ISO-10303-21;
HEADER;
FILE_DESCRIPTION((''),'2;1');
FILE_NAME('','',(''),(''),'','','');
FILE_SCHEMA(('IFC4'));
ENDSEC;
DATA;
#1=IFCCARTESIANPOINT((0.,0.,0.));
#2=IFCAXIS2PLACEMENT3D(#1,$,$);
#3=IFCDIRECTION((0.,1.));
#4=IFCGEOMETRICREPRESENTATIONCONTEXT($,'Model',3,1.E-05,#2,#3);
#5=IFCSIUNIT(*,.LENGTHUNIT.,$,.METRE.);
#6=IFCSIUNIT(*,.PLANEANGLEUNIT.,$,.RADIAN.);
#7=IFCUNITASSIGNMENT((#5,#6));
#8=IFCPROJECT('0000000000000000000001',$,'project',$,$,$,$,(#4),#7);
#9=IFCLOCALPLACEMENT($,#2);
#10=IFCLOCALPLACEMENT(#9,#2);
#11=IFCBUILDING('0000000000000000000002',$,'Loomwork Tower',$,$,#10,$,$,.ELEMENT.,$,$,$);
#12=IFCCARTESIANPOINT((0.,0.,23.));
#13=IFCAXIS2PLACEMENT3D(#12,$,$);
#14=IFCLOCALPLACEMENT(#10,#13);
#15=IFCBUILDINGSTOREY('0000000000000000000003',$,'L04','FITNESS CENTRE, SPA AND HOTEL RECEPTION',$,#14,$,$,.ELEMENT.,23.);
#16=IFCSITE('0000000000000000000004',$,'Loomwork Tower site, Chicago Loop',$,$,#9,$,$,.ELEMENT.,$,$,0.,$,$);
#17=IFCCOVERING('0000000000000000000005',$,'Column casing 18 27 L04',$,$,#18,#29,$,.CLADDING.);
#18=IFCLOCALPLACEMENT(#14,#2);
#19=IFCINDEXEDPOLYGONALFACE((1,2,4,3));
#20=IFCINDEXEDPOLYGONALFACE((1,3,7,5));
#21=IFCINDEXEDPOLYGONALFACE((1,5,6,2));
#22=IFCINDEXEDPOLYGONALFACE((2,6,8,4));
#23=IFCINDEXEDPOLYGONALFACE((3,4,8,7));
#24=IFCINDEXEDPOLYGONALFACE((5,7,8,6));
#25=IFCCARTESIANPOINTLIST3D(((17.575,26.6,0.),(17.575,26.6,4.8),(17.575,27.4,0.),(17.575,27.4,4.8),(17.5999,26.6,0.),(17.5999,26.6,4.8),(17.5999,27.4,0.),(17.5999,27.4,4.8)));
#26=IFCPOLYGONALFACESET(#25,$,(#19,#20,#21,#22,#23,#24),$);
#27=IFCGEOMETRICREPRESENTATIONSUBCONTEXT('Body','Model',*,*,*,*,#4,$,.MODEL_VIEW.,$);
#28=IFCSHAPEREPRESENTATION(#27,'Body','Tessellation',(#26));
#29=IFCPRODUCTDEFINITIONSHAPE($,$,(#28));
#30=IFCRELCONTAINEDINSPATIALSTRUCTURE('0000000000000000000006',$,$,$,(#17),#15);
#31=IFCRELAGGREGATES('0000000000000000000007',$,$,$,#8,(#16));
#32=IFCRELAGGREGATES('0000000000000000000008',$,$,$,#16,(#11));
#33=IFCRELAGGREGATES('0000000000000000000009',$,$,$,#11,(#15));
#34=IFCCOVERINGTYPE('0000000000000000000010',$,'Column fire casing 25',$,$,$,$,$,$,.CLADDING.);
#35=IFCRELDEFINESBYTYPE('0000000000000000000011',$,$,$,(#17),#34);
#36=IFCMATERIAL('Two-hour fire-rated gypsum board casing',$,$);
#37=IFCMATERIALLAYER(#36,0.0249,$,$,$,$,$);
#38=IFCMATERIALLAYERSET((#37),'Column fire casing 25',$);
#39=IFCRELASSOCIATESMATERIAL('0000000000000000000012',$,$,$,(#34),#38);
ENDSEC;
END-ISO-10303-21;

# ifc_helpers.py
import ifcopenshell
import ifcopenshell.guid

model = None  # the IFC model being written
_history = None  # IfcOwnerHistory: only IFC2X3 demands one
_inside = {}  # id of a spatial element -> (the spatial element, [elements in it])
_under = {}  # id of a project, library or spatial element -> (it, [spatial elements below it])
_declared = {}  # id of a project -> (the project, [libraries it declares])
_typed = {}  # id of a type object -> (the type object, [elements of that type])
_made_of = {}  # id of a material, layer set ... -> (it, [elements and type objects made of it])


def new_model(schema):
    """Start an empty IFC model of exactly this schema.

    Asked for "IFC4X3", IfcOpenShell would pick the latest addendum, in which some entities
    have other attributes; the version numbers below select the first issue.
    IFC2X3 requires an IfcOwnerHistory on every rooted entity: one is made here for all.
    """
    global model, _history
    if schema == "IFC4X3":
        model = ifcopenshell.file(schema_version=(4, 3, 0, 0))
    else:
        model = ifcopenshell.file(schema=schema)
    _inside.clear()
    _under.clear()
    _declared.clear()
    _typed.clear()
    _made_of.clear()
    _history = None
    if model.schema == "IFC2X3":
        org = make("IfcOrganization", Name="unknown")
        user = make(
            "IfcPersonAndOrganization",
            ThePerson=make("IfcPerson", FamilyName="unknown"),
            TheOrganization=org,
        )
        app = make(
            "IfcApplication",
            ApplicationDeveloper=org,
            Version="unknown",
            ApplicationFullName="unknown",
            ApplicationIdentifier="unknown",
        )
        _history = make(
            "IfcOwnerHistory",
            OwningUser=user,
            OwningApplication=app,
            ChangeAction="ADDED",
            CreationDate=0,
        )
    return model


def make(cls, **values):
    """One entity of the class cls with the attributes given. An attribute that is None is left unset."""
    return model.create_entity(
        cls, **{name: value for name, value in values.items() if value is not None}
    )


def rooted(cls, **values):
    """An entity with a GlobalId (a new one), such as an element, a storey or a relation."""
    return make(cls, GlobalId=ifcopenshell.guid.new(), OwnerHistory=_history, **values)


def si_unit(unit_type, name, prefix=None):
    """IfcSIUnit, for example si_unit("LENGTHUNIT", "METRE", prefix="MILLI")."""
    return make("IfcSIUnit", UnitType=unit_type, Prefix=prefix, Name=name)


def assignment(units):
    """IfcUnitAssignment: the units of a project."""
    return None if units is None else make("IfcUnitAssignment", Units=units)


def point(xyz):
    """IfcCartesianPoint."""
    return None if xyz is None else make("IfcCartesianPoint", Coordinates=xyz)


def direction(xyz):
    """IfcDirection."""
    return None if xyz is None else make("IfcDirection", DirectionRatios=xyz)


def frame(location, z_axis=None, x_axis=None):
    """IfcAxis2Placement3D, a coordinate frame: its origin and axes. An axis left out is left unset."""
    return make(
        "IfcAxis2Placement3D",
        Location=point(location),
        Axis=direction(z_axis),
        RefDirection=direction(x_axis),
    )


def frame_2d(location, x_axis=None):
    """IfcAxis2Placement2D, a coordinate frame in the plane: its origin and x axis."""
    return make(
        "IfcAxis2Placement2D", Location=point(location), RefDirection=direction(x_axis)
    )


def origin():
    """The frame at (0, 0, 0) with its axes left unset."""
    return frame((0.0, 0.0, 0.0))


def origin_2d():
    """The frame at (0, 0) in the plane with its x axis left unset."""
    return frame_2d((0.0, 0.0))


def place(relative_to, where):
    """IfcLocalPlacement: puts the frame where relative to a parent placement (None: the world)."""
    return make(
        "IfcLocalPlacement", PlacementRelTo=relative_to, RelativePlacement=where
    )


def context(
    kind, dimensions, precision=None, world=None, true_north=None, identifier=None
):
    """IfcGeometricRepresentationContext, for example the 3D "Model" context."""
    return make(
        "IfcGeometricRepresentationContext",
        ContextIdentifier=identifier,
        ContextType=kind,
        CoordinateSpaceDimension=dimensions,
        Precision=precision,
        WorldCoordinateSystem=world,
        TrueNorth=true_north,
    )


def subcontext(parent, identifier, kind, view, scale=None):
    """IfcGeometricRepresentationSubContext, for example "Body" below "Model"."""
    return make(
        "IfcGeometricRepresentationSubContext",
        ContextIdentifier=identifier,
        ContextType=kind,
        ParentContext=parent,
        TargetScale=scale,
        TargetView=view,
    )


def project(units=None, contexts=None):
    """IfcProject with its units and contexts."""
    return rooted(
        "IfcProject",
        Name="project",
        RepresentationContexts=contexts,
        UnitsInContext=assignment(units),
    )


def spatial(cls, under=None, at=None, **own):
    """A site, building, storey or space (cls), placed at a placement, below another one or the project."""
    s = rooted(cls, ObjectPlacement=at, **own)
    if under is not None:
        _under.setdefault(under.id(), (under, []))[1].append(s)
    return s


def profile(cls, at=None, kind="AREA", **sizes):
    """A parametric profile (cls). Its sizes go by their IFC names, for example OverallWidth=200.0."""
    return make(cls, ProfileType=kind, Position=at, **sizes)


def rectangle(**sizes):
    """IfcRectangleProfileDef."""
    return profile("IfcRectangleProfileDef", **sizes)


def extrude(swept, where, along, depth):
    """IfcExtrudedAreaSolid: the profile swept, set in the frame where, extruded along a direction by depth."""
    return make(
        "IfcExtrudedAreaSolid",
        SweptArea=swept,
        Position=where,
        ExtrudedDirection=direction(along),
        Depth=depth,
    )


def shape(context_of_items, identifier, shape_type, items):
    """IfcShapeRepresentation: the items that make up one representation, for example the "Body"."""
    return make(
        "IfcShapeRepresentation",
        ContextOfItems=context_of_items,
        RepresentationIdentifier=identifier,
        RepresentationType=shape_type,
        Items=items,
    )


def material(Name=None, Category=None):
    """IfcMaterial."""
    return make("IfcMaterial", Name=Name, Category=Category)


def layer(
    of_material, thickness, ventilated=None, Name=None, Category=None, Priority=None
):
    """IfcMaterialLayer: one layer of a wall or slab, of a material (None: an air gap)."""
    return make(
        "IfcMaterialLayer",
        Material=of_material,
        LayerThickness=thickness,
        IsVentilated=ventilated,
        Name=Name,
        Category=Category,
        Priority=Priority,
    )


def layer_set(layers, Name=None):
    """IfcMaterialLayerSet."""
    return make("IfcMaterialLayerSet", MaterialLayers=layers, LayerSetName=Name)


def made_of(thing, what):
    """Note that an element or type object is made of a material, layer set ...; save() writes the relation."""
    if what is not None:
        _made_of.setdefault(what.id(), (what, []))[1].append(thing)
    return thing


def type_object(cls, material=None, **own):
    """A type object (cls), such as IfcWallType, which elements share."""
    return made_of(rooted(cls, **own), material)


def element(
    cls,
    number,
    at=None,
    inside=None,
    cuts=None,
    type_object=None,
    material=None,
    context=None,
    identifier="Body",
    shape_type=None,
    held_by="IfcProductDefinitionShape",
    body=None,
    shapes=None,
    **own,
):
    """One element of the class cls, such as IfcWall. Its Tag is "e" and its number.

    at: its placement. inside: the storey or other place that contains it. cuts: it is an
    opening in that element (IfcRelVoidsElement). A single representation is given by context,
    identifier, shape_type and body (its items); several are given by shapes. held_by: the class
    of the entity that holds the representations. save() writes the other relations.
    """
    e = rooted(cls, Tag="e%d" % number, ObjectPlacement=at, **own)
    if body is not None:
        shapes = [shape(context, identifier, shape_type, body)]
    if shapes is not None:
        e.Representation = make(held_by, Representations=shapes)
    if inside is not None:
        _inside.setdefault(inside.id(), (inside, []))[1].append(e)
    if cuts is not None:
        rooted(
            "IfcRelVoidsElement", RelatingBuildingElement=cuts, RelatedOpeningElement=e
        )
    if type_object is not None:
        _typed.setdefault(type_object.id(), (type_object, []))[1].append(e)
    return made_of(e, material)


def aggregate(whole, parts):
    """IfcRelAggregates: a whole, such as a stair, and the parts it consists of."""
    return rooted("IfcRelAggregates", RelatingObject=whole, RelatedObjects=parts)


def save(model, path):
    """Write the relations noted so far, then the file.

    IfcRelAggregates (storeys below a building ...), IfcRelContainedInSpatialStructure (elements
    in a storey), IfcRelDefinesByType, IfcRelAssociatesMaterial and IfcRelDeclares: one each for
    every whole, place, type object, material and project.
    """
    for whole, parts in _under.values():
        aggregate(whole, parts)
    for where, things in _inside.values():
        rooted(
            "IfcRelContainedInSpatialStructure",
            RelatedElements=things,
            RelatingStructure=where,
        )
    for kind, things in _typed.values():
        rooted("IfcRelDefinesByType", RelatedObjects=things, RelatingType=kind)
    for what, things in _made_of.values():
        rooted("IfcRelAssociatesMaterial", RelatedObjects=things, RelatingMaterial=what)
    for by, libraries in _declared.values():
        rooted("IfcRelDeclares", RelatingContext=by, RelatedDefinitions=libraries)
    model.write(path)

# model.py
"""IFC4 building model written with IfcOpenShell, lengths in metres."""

from ifc_helpers import new_model, si_unit, direction, frame, origin, origin_2d, place, context, subcontext, project, spatial, rectangle, extrude, material, layer, layer_set, type_object, element, save


model = new_model("IFC4")

# Units and contexts
model_context = context("Model", 3, precision=1e-05, world=origin(), true_north=direction((0.0, 1.0)))
body_context = subcontext(model_context, "Body", "Model", "MODEL_VIEW")
ifc_project = project(units=[si_unit("LENGTHUNIT", "METRE"), si_unit("PLANEANGLEUNIT", "RADIAN")], contexts=[model_context])

# Site, building, storey
site_placement = place(None, origin())
site = spatial("IfcSite", under=ifc_project, at=site_placement, Name="Loomwork Tower site, Chicago Loop", CompositionType="ELEMENT", RefElevation=0.0)
building_placement = place(site_placement, origin())
building = spatial("IfcBuilding", under=site, at=building_placement, Name="Loomwork Tower", CompositionType="ELEMENT")
storey_placement = place(building_placement, frame((0.0, 0.0, 23.0)))
storey = spatial("IfcBuildingStorey", under=building, at=storey_placement, Name="L04", Description="FITNESS CENTRE, SPA AND HOTEL RECEPTION", CompositionType="ELEMENT", Elevation=23.0)

# Covering
ifc_material_1 = material(Name="Two-hour fire-rated gypsum board casing")
ifc_layer_1 = layer(ifc_material_1, 0.0249)
ifc_layer_set_1 = layer_set([ifc_layer_1], Name="Column fire casing 25")
covering_type = type_object("IfcCoveringType", Name="Column fire casing 25", PredefinedType="CLADDING", material=ifc_layer_set_1)
for number, where, z_axis, x_axis, name in (
    (1, (17.5874, 27.0, 0.0), (0.0, 0.0, 1.0), (1.0, 0.0, 0.0), "Column casing 18 27 L04"),
):
    element("IfcCovering", number, at=place(storey_placement, frame(where, z_axis=z_axis, x_axis=x_axis)), inside=storey, type_object=covering_type, Name=name, PredefinedType="CLADDING", context=body_context, shape_type="SweptSolid", body=[
        extrude(rectangle(XDim=0.0249, YDim=0.8, at=origin_2d()), origin(), (0.0, 0.0, 1.0), 4.8),
    ])

save(model, "model.ifc")
